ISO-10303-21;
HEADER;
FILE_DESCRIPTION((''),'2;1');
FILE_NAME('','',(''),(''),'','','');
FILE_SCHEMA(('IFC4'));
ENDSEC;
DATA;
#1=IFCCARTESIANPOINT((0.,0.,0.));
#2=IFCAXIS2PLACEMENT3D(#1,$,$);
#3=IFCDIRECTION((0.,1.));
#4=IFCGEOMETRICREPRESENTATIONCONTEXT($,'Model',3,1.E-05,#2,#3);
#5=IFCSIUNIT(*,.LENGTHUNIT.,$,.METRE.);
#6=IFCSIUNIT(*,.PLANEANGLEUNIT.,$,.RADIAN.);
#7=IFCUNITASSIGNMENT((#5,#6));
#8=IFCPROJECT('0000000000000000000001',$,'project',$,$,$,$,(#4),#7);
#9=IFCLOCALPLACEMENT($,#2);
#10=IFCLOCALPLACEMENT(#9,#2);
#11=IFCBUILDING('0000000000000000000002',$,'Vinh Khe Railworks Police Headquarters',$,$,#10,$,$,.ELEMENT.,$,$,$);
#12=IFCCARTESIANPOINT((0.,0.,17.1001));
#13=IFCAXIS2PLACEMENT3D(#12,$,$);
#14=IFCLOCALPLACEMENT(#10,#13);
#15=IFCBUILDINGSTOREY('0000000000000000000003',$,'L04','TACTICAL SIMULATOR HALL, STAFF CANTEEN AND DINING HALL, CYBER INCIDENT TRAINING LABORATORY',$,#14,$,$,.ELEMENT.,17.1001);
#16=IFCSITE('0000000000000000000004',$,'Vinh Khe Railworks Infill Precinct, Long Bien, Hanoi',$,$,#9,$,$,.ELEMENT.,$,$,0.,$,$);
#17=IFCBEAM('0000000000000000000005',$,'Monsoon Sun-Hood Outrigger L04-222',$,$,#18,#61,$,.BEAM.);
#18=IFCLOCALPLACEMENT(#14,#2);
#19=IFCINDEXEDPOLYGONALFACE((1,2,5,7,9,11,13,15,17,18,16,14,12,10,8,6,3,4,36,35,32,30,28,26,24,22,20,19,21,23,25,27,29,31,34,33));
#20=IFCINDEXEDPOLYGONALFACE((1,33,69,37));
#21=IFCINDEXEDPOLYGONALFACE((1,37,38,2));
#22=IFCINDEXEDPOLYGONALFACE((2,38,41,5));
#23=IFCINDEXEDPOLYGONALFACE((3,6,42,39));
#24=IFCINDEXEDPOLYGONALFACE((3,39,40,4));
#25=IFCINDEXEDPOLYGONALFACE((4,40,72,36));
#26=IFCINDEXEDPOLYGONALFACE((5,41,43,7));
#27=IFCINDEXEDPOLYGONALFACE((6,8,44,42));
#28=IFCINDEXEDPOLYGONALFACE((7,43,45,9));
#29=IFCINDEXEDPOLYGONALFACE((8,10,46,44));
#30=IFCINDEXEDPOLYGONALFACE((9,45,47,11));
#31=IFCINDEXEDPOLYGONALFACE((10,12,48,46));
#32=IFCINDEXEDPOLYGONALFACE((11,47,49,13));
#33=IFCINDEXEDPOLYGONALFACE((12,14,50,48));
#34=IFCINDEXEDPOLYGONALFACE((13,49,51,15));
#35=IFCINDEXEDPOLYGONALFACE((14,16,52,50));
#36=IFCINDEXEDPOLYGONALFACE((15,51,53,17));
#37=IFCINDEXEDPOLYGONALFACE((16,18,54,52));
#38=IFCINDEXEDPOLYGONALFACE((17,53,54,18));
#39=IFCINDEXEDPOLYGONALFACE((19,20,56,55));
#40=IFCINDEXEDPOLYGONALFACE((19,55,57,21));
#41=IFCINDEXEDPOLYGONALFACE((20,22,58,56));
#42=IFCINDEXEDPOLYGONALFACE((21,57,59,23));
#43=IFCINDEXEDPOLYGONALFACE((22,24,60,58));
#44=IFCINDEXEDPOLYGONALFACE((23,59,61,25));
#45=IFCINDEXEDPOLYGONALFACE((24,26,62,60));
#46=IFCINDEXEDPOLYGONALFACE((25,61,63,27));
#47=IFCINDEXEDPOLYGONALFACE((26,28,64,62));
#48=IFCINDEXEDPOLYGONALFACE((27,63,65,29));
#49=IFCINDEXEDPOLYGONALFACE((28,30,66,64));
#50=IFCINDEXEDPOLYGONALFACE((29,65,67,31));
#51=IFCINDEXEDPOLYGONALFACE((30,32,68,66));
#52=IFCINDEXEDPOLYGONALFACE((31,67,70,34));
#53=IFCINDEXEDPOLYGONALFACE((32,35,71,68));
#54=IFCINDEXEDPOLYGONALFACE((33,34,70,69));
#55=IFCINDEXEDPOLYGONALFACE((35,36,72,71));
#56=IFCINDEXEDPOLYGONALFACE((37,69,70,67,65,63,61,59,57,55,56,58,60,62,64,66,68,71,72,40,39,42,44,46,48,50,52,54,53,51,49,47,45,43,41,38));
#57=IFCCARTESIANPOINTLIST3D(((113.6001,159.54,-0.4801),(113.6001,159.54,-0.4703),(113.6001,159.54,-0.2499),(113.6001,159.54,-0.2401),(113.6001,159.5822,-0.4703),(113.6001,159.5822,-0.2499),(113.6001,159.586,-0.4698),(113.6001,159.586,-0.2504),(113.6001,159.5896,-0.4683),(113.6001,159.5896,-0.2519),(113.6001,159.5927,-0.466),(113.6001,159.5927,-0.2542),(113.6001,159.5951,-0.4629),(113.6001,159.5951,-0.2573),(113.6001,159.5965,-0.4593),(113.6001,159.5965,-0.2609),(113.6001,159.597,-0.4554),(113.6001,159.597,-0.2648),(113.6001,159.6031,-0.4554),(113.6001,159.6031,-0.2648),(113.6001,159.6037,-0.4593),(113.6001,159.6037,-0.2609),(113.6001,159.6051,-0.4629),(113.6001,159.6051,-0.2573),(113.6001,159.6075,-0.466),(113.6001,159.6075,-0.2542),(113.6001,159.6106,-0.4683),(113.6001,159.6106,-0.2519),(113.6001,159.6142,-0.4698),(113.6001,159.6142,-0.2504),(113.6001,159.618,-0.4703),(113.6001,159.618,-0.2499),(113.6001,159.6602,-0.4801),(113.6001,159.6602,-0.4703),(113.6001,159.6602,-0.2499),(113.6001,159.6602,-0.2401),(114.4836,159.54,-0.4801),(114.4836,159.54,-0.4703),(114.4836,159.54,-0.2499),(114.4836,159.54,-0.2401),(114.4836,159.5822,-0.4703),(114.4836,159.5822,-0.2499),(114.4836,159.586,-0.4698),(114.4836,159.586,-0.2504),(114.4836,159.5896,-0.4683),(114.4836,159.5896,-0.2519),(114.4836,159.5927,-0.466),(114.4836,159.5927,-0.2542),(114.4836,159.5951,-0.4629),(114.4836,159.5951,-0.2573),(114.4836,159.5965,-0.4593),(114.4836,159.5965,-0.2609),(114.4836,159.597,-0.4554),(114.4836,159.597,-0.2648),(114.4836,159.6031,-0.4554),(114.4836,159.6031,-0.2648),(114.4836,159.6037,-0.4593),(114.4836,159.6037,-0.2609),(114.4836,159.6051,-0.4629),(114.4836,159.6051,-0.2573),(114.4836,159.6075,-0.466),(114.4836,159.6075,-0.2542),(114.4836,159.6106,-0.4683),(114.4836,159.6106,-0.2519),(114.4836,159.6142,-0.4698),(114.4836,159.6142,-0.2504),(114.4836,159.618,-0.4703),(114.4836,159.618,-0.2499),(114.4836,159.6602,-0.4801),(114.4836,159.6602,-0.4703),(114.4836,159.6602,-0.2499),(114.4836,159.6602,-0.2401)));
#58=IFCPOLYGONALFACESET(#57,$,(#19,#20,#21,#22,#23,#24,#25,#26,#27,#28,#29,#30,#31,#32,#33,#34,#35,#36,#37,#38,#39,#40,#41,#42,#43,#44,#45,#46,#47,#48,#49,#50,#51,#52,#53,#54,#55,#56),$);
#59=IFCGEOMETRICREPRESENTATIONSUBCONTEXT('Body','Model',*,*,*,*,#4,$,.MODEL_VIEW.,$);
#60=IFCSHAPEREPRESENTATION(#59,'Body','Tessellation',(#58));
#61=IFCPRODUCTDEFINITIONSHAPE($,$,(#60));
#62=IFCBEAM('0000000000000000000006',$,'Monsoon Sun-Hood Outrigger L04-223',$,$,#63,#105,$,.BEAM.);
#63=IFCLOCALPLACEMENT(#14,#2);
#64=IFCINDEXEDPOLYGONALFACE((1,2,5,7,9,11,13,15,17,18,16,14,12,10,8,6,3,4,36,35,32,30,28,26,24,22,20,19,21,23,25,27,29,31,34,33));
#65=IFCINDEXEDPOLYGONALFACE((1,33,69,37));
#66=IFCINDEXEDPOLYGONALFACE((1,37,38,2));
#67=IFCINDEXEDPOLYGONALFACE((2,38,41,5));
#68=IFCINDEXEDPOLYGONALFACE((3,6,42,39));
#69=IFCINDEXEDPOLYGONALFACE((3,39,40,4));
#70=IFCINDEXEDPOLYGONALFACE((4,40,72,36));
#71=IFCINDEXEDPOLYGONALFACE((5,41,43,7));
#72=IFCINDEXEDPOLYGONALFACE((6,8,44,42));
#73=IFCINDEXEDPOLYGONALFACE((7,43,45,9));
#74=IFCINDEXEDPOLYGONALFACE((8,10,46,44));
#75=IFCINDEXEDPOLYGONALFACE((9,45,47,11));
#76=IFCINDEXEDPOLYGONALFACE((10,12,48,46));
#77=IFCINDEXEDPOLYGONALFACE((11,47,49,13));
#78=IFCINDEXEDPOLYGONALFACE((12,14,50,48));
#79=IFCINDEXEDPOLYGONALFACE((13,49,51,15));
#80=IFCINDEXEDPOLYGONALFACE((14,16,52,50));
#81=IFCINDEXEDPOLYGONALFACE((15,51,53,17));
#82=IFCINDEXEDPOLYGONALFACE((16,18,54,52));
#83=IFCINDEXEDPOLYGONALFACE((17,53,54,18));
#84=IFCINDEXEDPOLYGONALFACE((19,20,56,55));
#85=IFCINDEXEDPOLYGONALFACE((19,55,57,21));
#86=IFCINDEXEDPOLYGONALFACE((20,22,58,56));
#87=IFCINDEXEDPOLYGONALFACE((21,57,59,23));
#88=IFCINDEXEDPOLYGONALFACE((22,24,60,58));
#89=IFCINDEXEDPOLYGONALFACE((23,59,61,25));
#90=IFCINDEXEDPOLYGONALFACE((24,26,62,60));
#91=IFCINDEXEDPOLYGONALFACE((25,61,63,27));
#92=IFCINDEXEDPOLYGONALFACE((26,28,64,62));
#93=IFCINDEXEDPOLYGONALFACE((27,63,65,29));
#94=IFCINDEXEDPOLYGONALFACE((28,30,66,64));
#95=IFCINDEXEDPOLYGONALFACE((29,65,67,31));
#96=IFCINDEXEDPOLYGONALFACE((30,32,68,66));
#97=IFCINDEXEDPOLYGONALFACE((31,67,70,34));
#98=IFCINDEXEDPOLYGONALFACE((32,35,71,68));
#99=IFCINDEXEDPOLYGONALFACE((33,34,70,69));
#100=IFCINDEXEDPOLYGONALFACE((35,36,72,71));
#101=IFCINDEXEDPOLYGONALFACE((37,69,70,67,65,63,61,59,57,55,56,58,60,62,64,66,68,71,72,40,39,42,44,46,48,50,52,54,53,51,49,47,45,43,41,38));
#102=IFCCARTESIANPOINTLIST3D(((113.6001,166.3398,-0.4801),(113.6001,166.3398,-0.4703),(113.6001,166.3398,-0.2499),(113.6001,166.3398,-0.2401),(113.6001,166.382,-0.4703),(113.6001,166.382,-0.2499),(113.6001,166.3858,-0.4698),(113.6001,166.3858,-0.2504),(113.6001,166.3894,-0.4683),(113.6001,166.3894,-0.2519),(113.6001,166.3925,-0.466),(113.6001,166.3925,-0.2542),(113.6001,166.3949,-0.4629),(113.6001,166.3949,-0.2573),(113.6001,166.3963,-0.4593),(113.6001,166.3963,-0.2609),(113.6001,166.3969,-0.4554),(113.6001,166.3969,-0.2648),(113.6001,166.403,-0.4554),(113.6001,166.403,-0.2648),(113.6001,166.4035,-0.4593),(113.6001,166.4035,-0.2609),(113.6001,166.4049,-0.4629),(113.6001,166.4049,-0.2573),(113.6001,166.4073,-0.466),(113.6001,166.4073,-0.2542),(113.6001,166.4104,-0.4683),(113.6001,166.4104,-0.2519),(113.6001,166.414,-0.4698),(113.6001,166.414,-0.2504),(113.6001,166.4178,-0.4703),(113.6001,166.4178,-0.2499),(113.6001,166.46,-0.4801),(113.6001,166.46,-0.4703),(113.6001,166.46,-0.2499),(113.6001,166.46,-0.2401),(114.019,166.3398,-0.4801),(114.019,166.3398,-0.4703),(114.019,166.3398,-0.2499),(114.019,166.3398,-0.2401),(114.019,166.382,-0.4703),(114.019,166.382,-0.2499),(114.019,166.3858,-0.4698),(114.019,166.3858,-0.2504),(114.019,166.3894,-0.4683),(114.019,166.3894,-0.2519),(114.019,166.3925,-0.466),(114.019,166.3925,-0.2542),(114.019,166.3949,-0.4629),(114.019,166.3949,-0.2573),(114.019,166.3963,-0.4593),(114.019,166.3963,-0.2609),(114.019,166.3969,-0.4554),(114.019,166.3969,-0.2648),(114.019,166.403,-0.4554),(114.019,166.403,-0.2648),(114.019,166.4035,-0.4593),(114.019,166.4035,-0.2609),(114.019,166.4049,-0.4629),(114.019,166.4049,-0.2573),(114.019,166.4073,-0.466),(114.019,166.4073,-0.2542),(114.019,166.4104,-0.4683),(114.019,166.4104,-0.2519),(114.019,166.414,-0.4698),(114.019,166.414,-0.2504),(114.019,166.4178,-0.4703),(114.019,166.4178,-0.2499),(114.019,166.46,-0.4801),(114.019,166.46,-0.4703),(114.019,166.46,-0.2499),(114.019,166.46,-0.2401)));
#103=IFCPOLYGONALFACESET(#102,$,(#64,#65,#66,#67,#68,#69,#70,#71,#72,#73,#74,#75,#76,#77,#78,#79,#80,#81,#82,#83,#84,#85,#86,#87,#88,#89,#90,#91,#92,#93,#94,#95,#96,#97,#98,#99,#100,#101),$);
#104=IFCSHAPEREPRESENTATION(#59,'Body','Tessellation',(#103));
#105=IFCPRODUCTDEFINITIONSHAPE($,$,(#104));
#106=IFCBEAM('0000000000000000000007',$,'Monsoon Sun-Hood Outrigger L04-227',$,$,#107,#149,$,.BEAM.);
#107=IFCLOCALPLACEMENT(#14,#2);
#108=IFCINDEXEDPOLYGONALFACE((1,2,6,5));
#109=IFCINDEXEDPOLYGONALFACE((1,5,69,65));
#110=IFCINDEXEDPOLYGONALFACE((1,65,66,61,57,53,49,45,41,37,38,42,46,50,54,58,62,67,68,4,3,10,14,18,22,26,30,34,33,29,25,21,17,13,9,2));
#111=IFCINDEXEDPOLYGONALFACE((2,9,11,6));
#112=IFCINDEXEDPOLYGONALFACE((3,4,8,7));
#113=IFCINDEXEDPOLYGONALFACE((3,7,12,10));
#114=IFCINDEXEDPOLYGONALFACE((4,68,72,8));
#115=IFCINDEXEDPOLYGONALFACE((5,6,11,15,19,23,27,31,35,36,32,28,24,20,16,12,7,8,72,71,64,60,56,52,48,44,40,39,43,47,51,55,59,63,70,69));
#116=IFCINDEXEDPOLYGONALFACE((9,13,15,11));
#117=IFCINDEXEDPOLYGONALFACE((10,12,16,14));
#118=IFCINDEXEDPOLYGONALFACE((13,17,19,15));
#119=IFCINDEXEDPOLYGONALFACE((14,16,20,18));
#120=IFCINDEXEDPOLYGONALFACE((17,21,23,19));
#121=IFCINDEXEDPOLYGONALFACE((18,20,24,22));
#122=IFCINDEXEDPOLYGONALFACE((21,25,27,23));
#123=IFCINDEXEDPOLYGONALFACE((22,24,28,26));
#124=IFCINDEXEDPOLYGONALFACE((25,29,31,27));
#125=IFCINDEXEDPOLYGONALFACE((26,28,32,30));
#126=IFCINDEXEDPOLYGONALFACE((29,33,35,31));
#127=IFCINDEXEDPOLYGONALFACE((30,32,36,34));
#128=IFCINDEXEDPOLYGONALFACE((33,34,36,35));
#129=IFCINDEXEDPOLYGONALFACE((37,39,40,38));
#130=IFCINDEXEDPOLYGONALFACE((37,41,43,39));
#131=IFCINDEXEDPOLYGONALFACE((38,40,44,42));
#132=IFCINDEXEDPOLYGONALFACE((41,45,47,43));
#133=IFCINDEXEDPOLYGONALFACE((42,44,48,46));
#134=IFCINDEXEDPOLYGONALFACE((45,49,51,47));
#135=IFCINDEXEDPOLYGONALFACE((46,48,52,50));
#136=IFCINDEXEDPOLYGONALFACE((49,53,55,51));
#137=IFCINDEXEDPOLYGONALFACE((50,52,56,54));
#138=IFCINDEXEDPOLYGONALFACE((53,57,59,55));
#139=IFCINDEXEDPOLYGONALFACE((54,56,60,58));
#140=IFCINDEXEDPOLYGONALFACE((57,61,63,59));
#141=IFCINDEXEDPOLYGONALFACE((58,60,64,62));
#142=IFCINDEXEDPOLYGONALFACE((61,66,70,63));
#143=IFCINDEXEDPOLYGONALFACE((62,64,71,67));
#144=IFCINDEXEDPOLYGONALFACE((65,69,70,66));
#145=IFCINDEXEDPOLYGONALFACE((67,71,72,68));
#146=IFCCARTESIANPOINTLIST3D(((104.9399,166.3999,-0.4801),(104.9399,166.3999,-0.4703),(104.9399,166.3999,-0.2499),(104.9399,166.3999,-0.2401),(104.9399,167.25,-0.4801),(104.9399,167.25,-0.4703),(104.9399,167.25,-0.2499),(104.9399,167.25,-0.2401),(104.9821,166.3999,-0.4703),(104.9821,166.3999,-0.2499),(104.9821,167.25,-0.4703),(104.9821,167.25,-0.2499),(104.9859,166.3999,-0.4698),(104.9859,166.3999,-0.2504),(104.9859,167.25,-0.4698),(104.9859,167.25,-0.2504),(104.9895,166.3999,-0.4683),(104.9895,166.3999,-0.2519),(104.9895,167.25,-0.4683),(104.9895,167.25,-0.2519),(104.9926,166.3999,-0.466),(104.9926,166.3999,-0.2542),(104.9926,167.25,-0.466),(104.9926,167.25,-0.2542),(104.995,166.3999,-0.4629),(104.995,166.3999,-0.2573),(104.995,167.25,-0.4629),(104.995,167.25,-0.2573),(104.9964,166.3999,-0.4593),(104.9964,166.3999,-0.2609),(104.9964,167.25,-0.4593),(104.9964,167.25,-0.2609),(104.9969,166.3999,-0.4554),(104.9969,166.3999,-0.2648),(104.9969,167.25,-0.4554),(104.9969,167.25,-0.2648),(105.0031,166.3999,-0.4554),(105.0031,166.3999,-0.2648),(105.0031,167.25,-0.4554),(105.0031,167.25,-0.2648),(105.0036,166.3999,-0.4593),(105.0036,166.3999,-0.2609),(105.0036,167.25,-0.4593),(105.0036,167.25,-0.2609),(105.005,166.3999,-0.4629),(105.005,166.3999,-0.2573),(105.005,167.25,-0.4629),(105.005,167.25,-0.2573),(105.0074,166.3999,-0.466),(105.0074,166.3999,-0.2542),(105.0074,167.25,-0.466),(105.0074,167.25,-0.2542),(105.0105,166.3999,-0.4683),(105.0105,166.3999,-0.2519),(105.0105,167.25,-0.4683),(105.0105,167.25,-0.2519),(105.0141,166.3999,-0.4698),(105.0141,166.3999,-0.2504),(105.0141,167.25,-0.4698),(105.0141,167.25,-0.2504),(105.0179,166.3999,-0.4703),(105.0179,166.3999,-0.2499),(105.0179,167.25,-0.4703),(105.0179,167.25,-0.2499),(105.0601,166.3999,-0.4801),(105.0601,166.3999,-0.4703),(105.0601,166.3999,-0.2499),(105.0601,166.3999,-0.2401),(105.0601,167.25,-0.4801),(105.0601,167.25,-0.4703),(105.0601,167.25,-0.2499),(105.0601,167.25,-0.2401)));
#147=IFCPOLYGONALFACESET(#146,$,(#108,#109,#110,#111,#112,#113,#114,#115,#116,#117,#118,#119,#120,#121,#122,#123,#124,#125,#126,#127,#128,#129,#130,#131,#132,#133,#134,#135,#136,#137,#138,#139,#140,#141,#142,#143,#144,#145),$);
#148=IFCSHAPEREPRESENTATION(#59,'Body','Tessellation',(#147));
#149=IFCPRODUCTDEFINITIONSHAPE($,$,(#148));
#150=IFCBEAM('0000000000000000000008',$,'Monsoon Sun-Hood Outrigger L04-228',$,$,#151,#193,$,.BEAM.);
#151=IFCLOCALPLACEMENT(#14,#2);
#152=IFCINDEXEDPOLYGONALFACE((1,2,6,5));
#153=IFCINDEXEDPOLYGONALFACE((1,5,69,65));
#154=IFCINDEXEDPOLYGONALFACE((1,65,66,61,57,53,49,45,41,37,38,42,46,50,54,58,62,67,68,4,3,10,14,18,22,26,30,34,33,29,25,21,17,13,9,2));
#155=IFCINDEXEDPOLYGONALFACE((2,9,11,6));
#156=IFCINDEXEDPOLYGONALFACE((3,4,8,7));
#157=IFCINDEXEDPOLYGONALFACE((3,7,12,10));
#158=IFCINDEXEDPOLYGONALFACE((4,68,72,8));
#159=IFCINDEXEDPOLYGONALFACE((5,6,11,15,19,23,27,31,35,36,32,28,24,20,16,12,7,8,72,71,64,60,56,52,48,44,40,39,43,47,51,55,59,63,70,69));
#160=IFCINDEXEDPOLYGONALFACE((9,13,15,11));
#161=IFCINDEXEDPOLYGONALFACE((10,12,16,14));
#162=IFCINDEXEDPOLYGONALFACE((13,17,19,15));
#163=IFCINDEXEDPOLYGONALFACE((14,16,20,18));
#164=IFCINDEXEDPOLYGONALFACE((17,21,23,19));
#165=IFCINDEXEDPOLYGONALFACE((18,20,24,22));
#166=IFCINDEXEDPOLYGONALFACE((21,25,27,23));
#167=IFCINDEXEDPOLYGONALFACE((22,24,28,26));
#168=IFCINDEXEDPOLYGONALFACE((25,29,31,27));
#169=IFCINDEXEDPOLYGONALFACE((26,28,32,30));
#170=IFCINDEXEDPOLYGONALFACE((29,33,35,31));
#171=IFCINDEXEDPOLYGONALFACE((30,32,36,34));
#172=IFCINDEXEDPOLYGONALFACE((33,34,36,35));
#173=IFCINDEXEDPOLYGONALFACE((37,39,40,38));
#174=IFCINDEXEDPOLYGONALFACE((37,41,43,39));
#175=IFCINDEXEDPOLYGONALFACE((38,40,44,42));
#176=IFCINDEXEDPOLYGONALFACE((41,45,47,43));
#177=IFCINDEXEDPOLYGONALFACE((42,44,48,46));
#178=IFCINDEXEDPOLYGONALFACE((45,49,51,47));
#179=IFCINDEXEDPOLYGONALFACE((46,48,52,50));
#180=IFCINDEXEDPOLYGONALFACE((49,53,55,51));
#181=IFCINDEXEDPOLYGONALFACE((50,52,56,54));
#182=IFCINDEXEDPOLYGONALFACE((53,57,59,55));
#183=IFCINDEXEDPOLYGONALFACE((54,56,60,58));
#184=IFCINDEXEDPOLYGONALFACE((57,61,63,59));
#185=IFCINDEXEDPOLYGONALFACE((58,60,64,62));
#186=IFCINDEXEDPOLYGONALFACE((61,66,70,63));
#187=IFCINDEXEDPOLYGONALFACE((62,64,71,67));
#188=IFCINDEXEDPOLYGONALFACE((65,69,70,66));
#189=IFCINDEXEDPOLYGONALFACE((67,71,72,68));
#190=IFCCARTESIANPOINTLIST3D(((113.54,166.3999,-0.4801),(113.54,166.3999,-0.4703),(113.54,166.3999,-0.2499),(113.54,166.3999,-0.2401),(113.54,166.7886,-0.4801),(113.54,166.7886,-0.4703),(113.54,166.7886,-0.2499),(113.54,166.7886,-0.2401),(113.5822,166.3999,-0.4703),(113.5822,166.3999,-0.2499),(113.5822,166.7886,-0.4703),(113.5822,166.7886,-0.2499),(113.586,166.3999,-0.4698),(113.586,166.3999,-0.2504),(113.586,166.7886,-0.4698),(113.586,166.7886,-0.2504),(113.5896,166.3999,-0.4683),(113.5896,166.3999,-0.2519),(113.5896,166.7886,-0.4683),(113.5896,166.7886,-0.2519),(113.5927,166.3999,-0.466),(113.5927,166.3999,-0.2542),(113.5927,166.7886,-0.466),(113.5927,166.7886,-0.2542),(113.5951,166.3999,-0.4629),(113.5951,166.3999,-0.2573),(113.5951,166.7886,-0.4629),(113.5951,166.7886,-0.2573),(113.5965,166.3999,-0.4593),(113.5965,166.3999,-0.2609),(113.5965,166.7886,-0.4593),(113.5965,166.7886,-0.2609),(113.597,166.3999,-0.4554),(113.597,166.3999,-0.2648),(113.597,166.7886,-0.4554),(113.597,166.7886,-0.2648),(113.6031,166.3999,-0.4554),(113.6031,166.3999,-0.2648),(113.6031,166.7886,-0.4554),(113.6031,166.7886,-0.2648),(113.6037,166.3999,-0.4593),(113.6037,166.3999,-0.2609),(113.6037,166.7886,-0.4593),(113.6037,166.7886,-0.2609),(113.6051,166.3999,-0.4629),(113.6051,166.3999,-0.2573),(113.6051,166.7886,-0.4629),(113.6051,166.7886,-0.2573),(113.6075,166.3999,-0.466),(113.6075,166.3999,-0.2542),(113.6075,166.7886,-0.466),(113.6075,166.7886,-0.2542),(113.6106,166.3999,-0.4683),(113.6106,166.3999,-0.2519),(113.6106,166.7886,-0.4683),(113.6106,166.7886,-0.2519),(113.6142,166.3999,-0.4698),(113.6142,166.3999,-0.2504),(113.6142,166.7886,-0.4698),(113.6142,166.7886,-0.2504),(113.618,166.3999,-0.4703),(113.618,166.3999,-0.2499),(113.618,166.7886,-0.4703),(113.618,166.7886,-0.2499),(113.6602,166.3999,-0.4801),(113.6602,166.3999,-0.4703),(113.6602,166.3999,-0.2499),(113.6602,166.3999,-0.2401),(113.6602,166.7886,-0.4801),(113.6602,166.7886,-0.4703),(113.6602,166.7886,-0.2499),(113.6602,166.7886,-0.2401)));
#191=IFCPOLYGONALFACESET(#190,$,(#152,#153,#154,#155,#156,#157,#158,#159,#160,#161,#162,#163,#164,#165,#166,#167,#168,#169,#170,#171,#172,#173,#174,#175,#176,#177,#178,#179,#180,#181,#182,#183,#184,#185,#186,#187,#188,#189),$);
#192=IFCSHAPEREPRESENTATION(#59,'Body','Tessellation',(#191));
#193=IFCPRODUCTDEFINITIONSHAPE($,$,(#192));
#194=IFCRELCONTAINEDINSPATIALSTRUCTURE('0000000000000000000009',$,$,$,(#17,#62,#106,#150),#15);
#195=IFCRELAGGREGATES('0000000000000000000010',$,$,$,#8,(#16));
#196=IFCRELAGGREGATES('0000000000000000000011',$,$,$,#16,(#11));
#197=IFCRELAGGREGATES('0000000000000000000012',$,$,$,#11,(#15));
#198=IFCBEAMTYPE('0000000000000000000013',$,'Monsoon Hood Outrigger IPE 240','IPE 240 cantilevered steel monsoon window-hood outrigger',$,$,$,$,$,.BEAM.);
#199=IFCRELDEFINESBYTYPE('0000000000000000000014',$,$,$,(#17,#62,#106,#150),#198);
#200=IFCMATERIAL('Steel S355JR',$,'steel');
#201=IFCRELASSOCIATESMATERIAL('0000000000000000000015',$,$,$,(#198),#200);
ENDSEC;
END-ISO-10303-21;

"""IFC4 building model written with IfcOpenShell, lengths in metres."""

from ifc_helpers import new_model, si_unit, direction, frame, origin, origin_2d, place, context, subcontext, project, spatial, i_section, extrude, material, material_profile, profile_set, type_object, element, save


model = new_model("IFC4")

# Units and contexts
model_context = context("Model", 3, precision=1e-05, world=origin(), true_north=direction((0.0, 1.0)))
body_context = subcontext(model_context, "Body", "Model", "MODEL_VIEW")
ifc_project = project(units=[si_unit("LENGTHUNIT", "METRE"), si_unit("PLANEANGLEUNIT", "RADIAN")], contexts=[model_context])

# Site, building, storey
site_placement = place(None, origin())
site = spatial("IfcSite", under=ifc_project, at=site_placement, Name="Vinh Khe Railworks Infill Precinct, Long Bien, Hanoi", CompositionType="ELEMENT", RefElevation=0.0)
building_placement = place(site_placement, origin())
building = spatial("IfcBuilding", under=site, at=building_placement, Name="Vinh Khe Railworks Police Headquarters", CompositionType="ELEMENT")
storey_placement = place(building_placement, frame((0.0, 0.0, 17.1001)))
storey = spatial("IfcBuildingStorey", under=building, at=storey_placement, Name="L04", Description="TACTICAL SIMULATOR HALL, STAFF CANTEEN AND DINING HALL, CYBER INCIDENT TRAINING LABORATORY", CompositionType="ELEMENT", Elevation=17.1001)

# Shared definitions
ifc_material_1 = material(Name="Steel S355JR", Category="steel")

# Beams
ifc_material_profile_1 = material_profile(ifc_material_1, i_section(OverallWidth=0.1201, OverallDepth=0.24, WebThickness=0.0061, FlangeThickness=0.0098, FilletRadius=0.0149, at=origin_2d()), Name="IPE 240")
ifc_profile_set_1 = profile_set([ifc_material_profile_1], Name="Steel S355JR")
beam_type_1 = type_object("IfcBeamType", Name="Monsoon Hood Outrigger IPE 240", Description="IPE 240 cantilevered steel monsoon window-hood outrigger", PredefinedType="BEAM", material=ifc_profile_set_1)
beam_1_placement = place(storey_placement, frame((113.6001, 159.6001, -0.3601), z_axis=(1.0, 0.0, 0.0), x_axis=(0.0, 1.0, 0.0)))
element("IfcBeam", 1, at=beam_1_placement, inside=storey, type_object=beam_type_1, Name="Monsoon Sun-Hood Outrigger L04-222", PredefinedType="BEAM", context=body_context, shape_type="SweptSolid", body=[
    extrude(i_section(OverallWidth=0.1201, OverallDepth=0.24, WebThickness=0.0061, FlangeThickness=0.0098, FilletRadius=0.0149, at=origin_2d()), origin(), (0.0, 0.0, 1.0), 0.8835),
])
beam_2_placement = place(storey_placement, frame((113.6001, 166.3999, -0.3601), z_axis=(1.0, 0.0, 0.0), x_axis=(0.0, 1.0, 0.0)))
element("IfcBeam", 2, at=beam_2_placement, inside=storey, type_object=beam_type_1, Name="Monsoon Sun-Hood Outrigger L04-223", PredefinedType="BEAM", context=body_context, shape_type="SweptSolid", body=[
    extrude(i_section(OverallWidth=0.1201, OverallDepth=0.24, WebThickness=0.0061, FlangeThickness=0.0098, FilletRadius=0.0149, at=origin_2d()), origin(), (0.0, 0.0, 1.0), 0.4189),
])
beam_3_placement = place(storey_placement, frame((105.0, 166.3999, -0.3601), z_axis=(0.0, 1.0, 0.0), x_axis=(-1.0, 0.0, 0.0)))
element("IfcBeam", 3, at=beam_3_placement, inside=storey, type_object=beam_type_1, Name="Monsoon Sun-Hood Outrigger L04-227", PredefinedType="BEAM", context=body_context, shape_type="SweptSolid", body=[
    extrude(i_section(OverallWidth=0.1201, OverallDepth=0.24, WebThickness=0.0061, FlangeThickness=0.0098, FilletRadius=0.0149, at=origin_2d()), origin(), (0.0, 0.0, 1.0), 0.8501),
])
beam_4_placement = place(storey_placement, frame((113.6001, 166.3999, -0.3601), z_axis=(0.0, 1.0, 0.0), x_axis=(-1.0, 0.0, 0.0)))
element("IfcBeam", 4, at=beam_4_placement, inside=storey, type_object=beam_type_1, Name="Monsoon Sun-Hood Outrigger L04-228", PredefinedType="BEAM", context=body_context, shape_type="SweptSolid", body=[
    extrude(i_section(OverallWidth=0.1201, OverallDepth=0.24, WebThickness=0.0061, FlangeThickness=0.0098, FilletRadius=0.0149, at=origin_2d()), origin(), (0.0, 0.0, 1.0), 0.3887),
])

save(model, "model.ifc")
